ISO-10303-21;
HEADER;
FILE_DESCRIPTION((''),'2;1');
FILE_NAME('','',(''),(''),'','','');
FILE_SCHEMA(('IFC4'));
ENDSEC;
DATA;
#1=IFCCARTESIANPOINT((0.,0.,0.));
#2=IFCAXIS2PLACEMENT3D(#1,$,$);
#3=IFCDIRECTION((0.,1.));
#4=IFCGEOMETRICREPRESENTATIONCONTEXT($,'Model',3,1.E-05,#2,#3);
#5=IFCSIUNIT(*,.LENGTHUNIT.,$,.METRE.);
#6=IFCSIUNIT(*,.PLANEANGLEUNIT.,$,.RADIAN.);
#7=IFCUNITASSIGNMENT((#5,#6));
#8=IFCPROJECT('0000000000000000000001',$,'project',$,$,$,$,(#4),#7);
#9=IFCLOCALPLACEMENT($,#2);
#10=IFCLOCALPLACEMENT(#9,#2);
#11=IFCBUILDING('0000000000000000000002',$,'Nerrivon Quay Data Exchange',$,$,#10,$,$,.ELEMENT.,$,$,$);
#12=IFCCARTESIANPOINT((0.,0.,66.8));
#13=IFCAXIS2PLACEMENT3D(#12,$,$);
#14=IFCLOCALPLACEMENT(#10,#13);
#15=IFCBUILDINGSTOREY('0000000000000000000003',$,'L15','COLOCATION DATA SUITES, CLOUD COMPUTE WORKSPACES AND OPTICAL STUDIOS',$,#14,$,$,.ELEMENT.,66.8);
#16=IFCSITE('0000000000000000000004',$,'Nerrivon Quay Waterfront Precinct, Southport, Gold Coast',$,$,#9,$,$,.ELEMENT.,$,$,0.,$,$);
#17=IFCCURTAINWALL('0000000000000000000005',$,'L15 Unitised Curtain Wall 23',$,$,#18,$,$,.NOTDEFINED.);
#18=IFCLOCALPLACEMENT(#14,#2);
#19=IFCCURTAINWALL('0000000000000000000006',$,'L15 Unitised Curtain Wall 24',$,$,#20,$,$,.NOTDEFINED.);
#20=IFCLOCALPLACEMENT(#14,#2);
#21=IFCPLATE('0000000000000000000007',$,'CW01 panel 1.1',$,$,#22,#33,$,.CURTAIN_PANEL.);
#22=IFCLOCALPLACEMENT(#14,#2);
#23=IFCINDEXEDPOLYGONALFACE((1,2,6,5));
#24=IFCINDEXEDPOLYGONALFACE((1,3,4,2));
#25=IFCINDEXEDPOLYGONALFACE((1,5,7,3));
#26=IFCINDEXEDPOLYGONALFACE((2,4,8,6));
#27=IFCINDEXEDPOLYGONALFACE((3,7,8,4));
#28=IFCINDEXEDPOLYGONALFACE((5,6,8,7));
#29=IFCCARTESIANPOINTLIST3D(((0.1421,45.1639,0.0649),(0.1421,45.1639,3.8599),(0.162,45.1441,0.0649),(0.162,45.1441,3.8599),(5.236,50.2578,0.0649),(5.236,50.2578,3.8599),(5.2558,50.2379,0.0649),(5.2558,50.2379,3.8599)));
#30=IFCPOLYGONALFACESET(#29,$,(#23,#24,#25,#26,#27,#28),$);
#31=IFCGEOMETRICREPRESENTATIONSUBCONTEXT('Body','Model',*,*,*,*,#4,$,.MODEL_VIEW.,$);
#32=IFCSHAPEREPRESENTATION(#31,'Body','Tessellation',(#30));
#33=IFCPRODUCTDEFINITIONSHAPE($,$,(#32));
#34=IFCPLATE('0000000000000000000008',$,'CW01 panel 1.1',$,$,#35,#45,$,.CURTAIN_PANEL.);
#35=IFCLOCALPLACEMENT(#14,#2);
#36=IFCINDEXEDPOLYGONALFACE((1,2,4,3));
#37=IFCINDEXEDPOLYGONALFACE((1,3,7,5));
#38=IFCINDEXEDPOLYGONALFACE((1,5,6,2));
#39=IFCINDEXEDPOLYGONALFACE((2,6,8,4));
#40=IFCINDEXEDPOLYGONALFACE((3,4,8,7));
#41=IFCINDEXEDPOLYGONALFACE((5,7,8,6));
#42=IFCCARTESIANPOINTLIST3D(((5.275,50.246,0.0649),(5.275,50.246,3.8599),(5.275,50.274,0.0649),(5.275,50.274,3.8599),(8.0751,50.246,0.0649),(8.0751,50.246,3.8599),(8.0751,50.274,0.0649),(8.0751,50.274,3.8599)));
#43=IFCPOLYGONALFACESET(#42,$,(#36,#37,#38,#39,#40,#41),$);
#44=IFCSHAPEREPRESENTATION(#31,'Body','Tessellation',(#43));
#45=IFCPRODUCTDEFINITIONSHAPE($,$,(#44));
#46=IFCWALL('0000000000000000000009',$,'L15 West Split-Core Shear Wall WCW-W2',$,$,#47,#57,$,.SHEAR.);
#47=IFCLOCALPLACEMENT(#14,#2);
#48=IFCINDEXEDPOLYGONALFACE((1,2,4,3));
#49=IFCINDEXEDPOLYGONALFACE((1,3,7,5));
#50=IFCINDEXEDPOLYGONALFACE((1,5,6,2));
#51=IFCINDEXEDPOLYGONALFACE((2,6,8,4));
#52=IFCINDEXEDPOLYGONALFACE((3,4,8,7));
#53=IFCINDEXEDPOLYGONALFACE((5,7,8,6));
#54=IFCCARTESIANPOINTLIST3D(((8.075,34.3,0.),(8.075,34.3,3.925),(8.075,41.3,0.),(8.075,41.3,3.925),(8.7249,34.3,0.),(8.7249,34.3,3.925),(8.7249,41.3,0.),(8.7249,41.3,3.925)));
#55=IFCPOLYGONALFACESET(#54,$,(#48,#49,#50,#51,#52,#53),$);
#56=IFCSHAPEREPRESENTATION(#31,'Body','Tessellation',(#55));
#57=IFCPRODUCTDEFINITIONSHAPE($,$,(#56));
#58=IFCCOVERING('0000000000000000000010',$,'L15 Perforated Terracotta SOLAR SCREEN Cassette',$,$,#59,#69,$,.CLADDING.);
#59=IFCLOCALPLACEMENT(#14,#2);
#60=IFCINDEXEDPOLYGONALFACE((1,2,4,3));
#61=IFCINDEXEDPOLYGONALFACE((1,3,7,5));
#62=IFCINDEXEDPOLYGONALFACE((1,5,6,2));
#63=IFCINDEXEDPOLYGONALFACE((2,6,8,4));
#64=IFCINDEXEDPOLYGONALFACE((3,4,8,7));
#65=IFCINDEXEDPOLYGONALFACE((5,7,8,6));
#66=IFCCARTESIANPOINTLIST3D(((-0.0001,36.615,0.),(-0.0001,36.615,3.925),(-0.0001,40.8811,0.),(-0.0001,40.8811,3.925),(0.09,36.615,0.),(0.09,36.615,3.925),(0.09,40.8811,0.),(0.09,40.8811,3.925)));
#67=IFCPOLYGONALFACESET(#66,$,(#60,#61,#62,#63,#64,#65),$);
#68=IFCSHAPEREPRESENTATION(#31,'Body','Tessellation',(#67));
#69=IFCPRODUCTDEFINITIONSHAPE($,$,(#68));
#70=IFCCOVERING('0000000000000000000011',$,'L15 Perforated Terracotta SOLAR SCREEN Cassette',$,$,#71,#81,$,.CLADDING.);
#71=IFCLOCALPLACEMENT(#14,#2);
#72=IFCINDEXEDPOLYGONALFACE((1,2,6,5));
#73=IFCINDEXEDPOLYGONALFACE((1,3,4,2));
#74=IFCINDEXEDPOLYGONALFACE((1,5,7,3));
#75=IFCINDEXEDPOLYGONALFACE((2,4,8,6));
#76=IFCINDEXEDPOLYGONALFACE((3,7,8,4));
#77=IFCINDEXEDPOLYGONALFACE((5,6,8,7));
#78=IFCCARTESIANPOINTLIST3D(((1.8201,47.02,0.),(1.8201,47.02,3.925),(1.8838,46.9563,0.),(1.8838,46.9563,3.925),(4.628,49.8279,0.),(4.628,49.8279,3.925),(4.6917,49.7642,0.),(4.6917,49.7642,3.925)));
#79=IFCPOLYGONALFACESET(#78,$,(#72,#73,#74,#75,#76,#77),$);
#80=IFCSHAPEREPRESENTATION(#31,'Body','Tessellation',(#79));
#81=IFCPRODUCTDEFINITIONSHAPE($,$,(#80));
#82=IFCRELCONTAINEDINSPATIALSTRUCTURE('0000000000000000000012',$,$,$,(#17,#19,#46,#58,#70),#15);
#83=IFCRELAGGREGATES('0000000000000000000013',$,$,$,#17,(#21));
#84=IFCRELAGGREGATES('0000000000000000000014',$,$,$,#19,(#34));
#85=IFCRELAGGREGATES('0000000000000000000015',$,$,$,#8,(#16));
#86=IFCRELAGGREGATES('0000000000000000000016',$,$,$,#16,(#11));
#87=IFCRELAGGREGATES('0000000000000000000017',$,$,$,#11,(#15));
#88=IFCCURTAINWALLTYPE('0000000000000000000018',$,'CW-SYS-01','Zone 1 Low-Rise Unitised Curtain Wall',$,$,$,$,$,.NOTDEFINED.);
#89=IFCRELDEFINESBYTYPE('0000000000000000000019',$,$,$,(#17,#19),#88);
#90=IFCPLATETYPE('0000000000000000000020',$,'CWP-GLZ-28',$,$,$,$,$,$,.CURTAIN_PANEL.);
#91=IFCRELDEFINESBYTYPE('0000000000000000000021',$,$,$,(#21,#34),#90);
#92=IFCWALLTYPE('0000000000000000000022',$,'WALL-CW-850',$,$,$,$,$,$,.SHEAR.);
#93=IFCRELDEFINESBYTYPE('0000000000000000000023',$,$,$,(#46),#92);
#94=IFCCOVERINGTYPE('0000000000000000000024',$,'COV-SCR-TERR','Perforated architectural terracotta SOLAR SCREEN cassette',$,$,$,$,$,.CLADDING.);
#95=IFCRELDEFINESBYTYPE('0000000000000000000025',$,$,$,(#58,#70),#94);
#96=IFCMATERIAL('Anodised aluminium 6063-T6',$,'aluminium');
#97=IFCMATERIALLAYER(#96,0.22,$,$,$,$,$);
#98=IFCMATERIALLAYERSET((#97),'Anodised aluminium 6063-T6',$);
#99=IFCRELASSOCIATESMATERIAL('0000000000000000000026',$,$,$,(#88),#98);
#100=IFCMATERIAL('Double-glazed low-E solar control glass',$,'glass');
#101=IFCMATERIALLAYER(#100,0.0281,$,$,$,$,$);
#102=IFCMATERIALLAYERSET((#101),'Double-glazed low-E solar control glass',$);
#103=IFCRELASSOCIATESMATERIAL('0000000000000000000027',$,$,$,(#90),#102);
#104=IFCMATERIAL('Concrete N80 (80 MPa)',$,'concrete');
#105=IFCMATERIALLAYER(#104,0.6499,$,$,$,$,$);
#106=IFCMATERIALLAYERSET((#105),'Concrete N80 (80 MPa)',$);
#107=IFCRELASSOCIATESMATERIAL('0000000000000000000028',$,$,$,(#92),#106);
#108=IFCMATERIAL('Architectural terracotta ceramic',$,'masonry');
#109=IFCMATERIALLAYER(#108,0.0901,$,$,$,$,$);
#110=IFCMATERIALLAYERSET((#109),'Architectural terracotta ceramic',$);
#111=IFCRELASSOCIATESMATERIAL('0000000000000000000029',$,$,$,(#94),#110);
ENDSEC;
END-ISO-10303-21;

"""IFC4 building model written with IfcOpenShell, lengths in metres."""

from ifc_helpers import new_model, si_unit, direction, frame, frame_2d, origin, origin_2d, place, context, subcontext, project, spatial, rectangle, extrude, material, layer, layer_set, type_object, element, aggregate, save


model = new_model("IFC4")

# Units and contexts
model_context = context("Model", 3, precision=1e-05, world=origin(), true_north=direction((0.0, 1.0)))
body_context = subcontext(model_context, "Body", "Model", "MODEL_VIEW")
ifc_project = project(units=[si_unit("LENGTHUNIT", "METRE"), si_unit("PLANEANGLEUNIT", "RADIAN")], contexts=[model_context])

# Site, building, storey
site_placement = place(None, origin())
site = spatial("IfcSite", under=ifc_project, at=site_placement, Name="Nerrivon Quay Waterfront Precinct, Southport, Gold Coast", CompositionType="ELEMENT", RefElevation=0.0)
building_placement = place(site_placement, origin())
building = spatial("IfcBuilding", under=site, at=building_placement, Name="Nerrivon Quay Data Exchange", CompositionType="ELEMENT")
storey_placement = place(building_placement, frame((0.0, 0.0, 66.8)))
storey = spatial("IfcBuildingStorey", under=building, at=storey_placement, Name="L15", Description="COLOCATION DATA SUITES, CLOUD COMPUTE WORKSPACES AND OPTICAL STUDIOS", CompositionType="ELEMENT", Elevation=66.8)

# Shared definitions
ifc_material_1 = material(Name="Concrete N80 (80 MPa)", Category="concrete")

# Shared definitions
ifc_material_2 = material(Name="Anodised aluminium 6063-T6", Category="aluminium")
ifc_layer_1 = layer(ifc_material_2, 0.22)
ifc_layer_set_1 = layer_set([ifc_layer_1], Name="Anodised aluminium 6063-T6")
curtain_wall_type = type_object("IfcCurtainWallType", Name="CW-SYS-01", Description="Zone 1 Low-Rise Unitised Curtain Wall", PredefinedType="NOTDEFINED", material=ifc_layer_set_1)

# Curtain walls
curtain_wall_1_placement = place(storey_placement, origin())
curtain_wall_1 = element("IfcCurtainWall", 1, at=curtain_wall_1_placement, inside=storey, type_object=curtain_wall_type, Name="L15 Unitised Curtain Wall 23", PredefinedType="NOTDEFINED")
curtain_wall_2_placement = place(storey_placement, origin())
curtain_wall_2 = element("IfcCurtainWall", 2, at=curtain_wall_2_placement, inside=storey, type_object=curtain_wall_type, Name="L15 Unitised Curtain Wall 24", PredefinedType="NOTDEFINED")

# Plates
ifc_material_3 = material(Name="Double-glazed low-E solar control glass", Category="glass")
ifc_layer_2 = layer(ifc_material_3, 0.0281)
ifc_layer_set_2 = layer_set([ifc_layer_2], Name="Double-glazed low-E solar control glass")
plate_type = type_object("IfcPlateType", Name="CWP-GLZ-28", PredefinedType="CURTAIN_PANEL", material=ifc_layer_set_2)
plate_1_placement = place(storey_placement, frame((2.699, 47.7009, 0.0649), z_axis=(0.0, 0.0, 1.0), x_axis=(0.707107, 0.707107, 0.0)))
plate_1 = element("IfcPlate", 3, at=plate_1_placement, type_object=plate_type, Name="CW01 panel 1.1", PredefinedType="CURTAIN_PANEL", context=body_context, shape_type="SweptSolid", body=[
    extrude(rectangle(XDim=7.2039, YDim=0.0281, at=origin_2d()), origin(), (0.0, 0.0, 1.0), 3.7949),
])
aggregate(curtain_wall_1, [plate_1])
plate_2_placement = place(storey_placement, frame((6.675, 50.26, 0.0649), z_axis=(0.0, 0.0, 1.0), x_axis=(1.0, 0.0, 0.0)))
plate_2 = element("IfcPlate", 4, at=plate_2_placement, type_object=plate_type, Name="CW01 panel 1.1", PredefinedType="CURTAIN_PANEL", context=body_context, shape_type="SweptSolid", body=[
    extrude(rectangle(XDim=2.8, YDim=0.0281, at=origin_2d()), origin(), (0.0, 0.0, 1.0), 3.7949),
])
aggregate(curtain_wall_2, [plate_2])

# Wall
ifc_layer_3 = layer(ifc_material_1, 0.6499)
ifc_layer_set_3 = layer_set([ifc_layer_3], Name="Concrete N80 (80 MPa)")
wall_type = type_object("IfcWallType", Name="WALL-CW-850", PredefinedType="SHEAR", material=ifc_layer_set_3)
wall_placement = place(storey_placement, frame((8.3999, 34.3, 0.0), z_axis=(0.0, 0.0, 1.0), x_axis=(0.0, 1.0, 0.0)))
element("IfcWall", 5, at=wall_placement, inside=storey, type_object=wall_type, Name="L15 West Split-Core Shear Wall WCW-W2", PredefinedType="SHEAR", context=body_context, shape_type="SweptSolid", body=[
    extrude(rectangle(XDim=7.0, YDim=0.6499, at=frame_2d((3.5, 0.0))), origin(), (0.0, 0.0, 1.0), 3.925),
])

# Coverings
ifc_material_4 = material(Name="Architectural terracotta ceramic", Category="masonry")
ifc_layer_4 = layer(ifc_material_4, 0.0901)
ifc_layer_set_4 = layer_set([ifc_layer_4], Name="Architectural terracotta ceramic")
covering_type = type_object("IfcCoveringType", Name="COV-SCR-TERR", Description="Perforated architectural terracotta SOLAR SCREEN cassette", PredefinedType="CLADDING", material=ifc_layer_set_4)
covering_1_placement = place(storey_placement, frame((0.0449, 38.748, 0.0), z_axis=(0.0, 0.0, 1.0), x_axis=(0.0, 1.0, 0.0)))
element("IfcCovering", 6, at=covering_1_placement, inside=storey, type_object=covering_type, Name="L15 Perforated Terracotta SOLAR SCREEN Cassette", PredefinedType="CLADDING", context=body_context, shape_type="SweptSolid", body=[
    extrude(rectangle(XDim=4.2661, YDim=0.0901, at=origin_2d()), origin(), (0.0, 0.0, 1.0), 3.925),
])
covering_2_placement = place(storey_placement, frame((3.2559, 48.3921, 0.0), z_axis=(0.0, 0.0, 1.0), x_axis=(0.707107, 0.707107, 0.0)))
element("IfcCovering", 7, at=covering_2_placement, inside=storey, type_object=covering_type, Name="L15 Perforated Terracotta SOLAR SCREEN Cassette", PredefinedType="CLADDING", context=body_context, shape_type="SweptSolid", body=[
    extrude(rectangle(XDim=3.9709, YDim=0.0901, at=origin_2d()), origin(), (0.0, 0.0, 1.0), 3.925),
])

save(model, "model.ifc")
